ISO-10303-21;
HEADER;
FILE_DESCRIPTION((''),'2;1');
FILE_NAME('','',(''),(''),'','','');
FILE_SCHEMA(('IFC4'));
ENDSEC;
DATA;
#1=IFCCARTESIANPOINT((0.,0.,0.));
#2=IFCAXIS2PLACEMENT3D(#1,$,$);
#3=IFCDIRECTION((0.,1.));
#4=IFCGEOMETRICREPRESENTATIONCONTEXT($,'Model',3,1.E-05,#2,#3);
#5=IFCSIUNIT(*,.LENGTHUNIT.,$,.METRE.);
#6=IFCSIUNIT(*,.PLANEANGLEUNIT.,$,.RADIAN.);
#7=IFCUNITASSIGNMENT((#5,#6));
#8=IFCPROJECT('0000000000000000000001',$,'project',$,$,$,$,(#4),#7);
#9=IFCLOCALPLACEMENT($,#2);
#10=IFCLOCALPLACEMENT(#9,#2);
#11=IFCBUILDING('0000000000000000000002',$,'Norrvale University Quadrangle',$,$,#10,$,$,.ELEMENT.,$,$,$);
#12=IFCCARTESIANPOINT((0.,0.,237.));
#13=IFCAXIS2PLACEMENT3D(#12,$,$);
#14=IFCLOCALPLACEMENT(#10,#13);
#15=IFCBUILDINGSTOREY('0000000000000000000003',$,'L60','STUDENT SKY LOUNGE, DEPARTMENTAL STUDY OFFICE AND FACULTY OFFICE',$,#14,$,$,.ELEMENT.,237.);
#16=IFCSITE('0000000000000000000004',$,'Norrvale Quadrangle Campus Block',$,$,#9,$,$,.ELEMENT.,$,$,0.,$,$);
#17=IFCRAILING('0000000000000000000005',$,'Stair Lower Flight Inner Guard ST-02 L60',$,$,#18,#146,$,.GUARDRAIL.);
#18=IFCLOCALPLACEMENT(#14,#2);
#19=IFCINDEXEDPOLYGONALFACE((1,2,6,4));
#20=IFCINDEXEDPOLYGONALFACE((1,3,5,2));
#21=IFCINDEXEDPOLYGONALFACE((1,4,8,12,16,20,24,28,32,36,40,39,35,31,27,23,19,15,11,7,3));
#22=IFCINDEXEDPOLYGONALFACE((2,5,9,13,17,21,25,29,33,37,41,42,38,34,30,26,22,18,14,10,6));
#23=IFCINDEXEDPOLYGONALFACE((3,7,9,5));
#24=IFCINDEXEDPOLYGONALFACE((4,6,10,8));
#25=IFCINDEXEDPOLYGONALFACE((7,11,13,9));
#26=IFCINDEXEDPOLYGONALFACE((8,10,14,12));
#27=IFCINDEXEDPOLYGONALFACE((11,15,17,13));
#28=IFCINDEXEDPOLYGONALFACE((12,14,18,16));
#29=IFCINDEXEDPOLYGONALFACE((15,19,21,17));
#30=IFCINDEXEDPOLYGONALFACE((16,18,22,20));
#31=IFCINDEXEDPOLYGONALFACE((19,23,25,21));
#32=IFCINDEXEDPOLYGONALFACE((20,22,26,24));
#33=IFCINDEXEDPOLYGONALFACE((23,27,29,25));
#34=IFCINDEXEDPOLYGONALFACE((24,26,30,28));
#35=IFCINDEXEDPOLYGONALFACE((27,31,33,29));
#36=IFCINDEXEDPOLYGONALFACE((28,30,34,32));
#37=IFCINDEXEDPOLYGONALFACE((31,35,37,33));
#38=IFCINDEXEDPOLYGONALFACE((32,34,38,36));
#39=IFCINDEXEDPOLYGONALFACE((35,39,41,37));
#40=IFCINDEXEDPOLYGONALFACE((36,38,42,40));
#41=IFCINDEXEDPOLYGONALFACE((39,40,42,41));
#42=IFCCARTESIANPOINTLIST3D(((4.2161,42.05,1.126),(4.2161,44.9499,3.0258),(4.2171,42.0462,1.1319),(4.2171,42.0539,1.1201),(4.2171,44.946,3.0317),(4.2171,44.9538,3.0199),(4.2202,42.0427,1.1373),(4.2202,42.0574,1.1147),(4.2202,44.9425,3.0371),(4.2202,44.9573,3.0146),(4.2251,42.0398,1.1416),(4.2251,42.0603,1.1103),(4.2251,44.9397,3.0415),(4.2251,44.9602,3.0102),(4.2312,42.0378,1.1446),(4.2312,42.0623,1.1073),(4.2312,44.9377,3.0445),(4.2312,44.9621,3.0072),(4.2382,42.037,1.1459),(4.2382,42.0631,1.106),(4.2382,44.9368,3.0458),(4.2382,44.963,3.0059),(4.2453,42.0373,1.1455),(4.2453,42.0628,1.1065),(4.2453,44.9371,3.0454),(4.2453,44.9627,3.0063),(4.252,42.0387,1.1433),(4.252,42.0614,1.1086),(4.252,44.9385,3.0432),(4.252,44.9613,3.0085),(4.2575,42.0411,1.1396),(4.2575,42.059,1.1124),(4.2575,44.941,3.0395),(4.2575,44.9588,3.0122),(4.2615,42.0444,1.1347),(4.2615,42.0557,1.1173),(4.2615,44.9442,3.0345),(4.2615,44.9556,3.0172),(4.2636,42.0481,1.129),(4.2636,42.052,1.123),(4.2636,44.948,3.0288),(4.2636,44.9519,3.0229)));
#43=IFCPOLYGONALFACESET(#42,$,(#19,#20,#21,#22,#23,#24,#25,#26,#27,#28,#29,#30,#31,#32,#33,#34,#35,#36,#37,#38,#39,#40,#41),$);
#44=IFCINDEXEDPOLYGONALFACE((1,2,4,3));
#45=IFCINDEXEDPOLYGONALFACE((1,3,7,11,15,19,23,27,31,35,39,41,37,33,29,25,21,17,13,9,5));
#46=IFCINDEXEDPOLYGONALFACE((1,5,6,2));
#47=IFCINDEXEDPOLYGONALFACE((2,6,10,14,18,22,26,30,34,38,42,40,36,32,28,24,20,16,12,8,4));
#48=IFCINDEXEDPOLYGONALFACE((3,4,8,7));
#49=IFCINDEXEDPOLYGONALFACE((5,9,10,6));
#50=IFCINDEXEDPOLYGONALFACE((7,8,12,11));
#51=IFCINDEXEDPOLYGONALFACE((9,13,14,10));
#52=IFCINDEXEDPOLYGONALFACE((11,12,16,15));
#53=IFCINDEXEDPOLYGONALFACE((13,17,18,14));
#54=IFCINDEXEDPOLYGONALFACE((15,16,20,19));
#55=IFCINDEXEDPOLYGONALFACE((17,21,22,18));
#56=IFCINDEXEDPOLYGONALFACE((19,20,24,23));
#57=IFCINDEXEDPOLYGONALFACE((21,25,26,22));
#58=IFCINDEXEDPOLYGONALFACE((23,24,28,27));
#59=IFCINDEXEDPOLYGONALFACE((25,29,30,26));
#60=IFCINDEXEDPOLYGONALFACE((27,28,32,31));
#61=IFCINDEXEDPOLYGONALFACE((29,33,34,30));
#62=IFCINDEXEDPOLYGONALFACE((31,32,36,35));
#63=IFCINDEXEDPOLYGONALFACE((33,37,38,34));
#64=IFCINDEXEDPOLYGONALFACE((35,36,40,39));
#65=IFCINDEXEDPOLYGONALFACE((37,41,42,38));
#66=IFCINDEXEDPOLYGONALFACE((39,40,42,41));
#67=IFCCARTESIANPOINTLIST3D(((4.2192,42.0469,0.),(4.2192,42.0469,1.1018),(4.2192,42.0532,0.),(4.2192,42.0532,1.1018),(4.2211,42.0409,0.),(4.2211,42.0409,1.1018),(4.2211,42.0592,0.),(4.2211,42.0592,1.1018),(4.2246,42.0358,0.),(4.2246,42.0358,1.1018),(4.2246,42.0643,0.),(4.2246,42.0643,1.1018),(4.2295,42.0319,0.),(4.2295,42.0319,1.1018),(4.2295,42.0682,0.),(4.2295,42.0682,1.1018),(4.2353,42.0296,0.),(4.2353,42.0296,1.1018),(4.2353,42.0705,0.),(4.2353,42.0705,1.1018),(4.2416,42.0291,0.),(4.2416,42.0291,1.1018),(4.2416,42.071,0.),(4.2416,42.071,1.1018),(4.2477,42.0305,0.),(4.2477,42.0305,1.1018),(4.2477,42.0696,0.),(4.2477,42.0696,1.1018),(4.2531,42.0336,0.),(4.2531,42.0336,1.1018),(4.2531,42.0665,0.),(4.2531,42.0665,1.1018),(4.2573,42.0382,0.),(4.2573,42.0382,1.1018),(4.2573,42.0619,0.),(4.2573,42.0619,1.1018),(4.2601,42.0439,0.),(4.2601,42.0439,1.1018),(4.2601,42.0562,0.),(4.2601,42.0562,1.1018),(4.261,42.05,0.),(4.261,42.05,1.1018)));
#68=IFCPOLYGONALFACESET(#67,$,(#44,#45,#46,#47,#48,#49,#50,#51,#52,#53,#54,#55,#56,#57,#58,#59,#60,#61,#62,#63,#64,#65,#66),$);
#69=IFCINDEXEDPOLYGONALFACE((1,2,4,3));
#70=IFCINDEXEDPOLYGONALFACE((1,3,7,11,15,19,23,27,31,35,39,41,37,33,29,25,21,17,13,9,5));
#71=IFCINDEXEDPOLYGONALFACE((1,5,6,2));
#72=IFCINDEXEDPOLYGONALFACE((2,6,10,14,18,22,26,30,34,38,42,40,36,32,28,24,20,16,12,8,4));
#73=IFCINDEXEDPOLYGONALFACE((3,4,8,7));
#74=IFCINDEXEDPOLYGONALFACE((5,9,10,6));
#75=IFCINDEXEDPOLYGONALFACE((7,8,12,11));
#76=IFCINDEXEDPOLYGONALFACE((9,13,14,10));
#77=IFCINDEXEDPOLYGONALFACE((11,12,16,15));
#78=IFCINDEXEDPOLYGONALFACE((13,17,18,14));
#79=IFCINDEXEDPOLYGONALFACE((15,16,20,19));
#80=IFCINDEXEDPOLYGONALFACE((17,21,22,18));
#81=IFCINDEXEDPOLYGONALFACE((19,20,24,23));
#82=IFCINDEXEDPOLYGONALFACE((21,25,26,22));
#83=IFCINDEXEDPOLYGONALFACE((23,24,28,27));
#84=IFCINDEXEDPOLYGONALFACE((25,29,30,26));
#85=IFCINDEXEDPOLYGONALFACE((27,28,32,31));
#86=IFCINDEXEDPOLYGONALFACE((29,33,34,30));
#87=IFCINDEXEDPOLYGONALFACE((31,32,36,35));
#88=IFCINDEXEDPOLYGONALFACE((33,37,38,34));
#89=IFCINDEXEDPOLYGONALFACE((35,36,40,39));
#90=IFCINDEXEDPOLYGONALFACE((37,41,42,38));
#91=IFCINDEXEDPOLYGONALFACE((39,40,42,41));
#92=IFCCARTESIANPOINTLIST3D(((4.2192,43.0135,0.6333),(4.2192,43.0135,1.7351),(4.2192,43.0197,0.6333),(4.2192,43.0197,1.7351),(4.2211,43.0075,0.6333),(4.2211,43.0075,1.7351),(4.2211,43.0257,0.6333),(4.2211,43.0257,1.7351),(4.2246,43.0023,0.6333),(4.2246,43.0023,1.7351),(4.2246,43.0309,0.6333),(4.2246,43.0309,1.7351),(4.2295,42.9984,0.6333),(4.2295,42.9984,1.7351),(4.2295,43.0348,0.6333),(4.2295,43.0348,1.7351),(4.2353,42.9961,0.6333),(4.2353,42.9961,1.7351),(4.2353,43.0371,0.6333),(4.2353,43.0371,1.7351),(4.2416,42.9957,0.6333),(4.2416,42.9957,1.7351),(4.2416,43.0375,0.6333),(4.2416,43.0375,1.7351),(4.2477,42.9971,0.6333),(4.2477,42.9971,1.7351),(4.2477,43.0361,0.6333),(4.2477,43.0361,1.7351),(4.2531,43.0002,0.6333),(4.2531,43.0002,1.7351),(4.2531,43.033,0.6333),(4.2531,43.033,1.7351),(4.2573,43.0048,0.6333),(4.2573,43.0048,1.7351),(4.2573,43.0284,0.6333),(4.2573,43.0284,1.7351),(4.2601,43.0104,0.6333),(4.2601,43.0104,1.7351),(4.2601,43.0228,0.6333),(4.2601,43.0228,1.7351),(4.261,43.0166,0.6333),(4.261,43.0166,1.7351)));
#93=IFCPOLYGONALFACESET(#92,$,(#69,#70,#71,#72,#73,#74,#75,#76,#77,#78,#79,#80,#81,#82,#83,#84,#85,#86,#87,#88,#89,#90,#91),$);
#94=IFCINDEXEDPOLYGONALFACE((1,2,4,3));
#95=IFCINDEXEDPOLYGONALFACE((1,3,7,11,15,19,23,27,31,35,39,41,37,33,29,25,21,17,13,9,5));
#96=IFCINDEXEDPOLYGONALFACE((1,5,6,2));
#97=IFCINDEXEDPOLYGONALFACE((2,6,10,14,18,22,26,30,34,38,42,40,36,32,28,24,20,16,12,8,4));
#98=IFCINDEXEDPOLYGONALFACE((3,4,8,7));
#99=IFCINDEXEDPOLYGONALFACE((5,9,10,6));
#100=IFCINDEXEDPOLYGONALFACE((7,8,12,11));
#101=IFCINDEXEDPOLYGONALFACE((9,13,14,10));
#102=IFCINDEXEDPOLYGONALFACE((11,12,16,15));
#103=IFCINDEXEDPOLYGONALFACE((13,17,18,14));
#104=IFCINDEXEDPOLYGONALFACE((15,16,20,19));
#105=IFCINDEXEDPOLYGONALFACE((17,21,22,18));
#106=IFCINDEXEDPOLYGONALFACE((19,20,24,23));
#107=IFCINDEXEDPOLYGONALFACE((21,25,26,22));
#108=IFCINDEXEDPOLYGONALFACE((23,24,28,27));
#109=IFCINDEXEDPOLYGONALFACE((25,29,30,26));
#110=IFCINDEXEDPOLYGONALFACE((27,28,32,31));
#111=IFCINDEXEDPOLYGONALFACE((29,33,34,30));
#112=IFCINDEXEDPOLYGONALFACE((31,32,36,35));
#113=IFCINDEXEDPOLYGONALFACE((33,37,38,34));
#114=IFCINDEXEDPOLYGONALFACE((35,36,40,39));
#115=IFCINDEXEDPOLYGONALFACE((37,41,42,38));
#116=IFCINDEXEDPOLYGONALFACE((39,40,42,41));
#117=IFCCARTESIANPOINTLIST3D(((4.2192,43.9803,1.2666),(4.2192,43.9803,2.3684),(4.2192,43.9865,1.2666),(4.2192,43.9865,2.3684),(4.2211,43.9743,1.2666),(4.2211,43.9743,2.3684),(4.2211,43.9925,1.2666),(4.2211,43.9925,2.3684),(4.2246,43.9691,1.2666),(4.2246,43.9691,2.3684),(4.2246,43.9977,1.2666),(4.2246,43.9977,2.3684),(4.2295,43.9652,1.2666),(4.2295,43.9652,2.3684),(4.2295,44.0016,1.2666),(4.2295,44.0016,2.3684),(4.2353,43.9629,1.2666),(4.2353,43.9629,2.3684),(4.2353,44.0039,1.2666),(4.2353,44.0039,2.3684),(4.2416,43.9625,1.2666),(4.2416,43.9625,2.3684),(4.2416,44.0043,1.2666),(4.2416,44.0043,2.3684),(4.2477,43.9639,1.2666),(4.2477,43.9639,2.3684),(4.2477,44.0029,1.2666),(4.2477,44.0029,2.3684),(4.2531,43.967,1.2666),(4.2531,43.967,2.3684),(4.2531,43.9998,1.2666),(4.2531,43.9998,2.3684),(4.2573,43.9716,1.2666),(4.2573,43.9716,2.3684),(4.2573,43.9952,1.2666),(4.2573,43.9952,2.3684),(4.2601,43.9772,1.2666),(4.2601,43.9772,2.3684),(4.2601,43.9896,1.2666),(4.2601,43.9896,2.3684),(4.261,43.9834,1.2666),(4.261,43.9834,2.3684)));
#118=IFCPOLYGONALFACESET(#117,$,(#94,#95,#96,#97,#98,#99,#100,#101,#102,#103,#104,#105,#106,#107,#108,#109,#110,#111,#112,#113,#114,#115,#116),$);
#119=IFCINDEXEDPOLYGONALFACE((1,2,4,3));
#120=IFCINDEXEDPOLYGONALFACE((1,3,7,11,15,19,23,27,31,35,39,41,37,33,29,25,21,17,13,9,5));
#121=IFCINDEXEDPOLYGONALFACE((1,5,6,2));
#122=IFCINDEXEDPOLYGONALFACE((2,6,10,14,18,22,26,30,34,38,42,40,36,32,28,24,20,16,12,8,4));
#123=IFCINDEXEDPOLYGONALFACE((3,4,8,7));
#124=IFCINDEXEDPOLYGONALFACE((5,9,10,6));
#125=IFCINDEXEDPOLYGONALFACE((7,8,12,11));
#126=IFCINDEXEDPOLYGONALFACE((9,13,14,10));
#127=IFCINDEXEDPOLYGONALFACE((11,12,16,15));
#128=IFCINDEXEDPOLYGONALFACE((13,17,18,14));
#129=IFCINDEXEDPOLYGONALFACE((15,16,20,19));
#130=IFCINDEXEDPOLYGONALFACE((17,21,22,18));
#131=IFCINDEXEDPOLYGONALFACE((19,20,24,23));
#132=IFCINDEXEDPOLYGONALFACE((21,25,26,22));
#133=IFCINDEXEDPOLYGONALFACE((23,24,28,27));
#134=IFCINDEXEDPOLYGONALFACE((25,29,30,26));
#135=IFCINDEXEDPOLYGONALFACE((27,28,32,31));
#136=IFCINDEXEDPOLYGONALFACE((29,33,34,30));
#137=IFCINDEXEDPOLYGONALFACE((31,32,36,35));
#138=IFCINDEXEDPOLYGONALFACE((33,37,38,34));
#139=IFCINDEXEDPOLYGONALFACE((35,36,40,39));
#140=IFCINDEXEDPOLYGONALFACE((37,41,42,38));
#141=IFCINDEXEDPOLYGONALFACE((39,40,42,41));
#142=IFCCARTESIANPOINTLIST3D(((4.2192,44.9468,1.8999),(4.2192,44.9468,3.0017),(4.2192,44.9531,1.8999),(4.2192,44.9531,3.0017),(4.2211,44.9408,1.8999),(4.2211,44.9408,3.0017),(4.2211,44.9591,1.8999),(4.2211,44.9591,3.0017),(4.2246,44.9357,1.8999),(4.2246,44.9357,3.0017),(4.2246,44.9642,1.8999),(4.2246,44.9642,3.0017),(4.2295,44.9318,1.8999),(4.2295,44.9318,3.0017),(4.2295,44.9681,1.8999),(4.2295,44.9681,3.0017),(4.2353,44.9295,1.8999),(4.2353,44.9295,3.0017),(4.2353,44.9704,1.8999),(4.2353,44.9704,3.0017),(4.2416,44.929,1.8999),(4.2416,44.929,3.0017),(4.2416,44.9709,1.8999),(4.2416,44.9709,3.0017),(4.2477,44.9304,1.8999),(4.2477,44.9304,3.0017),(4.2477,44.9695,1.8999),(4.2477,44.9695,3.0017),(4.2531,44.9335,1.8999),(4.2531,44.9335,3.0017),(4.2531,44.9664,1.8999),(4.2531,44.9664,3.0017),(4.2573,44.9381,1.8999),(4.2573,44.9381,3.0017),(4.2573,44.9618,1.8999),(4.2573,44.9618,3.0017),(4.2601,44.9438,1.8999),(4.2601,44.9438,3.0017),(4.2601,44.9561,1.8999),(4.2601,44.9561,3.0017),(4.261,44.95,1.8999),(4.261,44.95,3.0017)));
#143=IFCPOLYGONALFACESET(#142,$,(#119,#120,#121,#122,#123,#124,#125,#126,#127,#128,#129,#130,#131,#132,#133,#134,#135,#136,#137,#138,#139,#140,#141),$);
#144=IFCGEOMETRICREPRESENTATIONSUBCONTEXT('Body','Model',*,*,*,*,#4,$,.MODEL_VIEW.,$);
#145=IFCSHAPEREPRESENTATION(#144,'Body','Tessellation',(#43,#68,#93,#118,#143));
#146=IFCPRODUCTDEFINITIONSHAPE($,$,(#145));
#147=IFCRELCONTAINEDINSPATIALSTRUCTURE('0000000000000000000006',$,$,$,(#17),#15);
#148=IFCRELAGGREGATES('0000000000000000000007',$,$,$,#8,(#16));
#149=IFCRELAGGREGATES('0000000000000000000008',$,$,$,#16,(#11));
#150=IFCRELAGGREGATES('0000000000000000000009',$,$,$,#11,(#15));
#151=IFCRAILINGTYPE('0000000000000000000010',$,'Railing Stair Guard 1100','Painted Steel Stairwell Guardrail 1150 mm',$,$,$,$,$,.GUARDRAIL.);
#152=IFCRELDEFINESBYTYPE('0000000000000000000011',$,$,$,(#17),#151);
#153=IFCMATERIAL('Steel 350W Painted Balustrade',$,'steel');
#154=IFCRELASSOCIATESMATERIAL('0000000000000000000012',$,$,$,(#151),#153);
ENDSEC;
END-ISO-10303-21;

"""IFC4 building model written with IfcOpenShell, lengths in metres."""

from ifc_helpers import new_model, si_unit, direction, frame, origin, origin_2d, place, context, subcontext, project, spatial, circle, extrude, material, type_object, element, save


model = new_model("IFC4")

# Units and contexts
model_context = context("Model", 3, precision=1e-05, world=origin(), true_north=direction((0.0, 1.0)))
body_context = subcontext(model_context, "Body", "Model", "MODEL_VIEW")
ifc_project = project(units=[si_unit("LENGTHUNIT", "METRE"), si_unit("PLANEANGLEUNIT", "RADIAN")], contexts=[model_context])

# Site, building, storey
site_placement = place(None, origin())
site = spatial("IfcSite", under=ifc_project, at=site_placement, Name="Norrvale Quadrangle Campus Block", CompositionType="ELEMENT", RefElevation=0.0)
building_placement = place(site_placement, origin())
building = spatial("IfcBuilding", under=site, at=building_placement, Name="Norrvale University Quadrangle", CompositionType="ELEMENT")
storey_placement = place(building_placement, frame((0.0, 0.0, 237.0)))
storey = spatial("IfcBuildingStorey", under=building, at=storey_placement, Name="L60", Description="STUDENT SKY LOUNGE, DEPARTMENTAL STUDY OFFICE AND FACULTY OFFICE", CompositionType="ELEMENT", Elevation=237.0)

# Railing
ifc_material_1 = material(Name="Steel 350W Painted Balustrade", Category="steel")
railing_type_1 = type_object("IfcRailingType", Name="Railing Stair Guard 1100", Description="Painted Steel Stairwell Guardrail 1150 mm", PredefinedType="GUARDRAIL", material=ifc_material_1)
railing_1_placement = place(storey_placement, frame((4.24, 42.05, 0.0)))
element("IfcRailing", 1, at=railing_1_placement, inside=storey, type_object=railing_type_1, Name="Stair Lower Flight Inner Guard ST-02 L60", PredefinedType="GUARDRAIL", context=body_context, shape_type="SweptSolid", body=[
    extrude(circle(Radius=0.0239, at=origin_2d()), frame((0.0, 0.0, 1.126), z_axis=(0.0, 0.836466, 0.548019), x_axis=(-1.0, 0.0, 0.0)), (0.0, 0.0, 1.0), 3.4668),
    extrude(circle(Radius=0.021, at=origin_2d()), origin(), (0.0, 0.0, 1.0), 1.1018),
    extrude(circle(Radius=0.021, at=origin_2d()), frame((0.0, 0.9666, 0.6333)), (0.0, 0.0, 1.0), 1.1018),
    extrude(circle(Radius=0.021, at=origin_2d()), frame((0.0, 1.9333, 1.2666)), (0.0, 0.0, 1.0), 1.1018),
    extrude(circle(Radius=0.021, at=origin_2d()), frame((0.0, 2.8999, 1.8999)), (0.0, 0.0, 1.0), 1.1018),
])

save(model, "model.ifc")
